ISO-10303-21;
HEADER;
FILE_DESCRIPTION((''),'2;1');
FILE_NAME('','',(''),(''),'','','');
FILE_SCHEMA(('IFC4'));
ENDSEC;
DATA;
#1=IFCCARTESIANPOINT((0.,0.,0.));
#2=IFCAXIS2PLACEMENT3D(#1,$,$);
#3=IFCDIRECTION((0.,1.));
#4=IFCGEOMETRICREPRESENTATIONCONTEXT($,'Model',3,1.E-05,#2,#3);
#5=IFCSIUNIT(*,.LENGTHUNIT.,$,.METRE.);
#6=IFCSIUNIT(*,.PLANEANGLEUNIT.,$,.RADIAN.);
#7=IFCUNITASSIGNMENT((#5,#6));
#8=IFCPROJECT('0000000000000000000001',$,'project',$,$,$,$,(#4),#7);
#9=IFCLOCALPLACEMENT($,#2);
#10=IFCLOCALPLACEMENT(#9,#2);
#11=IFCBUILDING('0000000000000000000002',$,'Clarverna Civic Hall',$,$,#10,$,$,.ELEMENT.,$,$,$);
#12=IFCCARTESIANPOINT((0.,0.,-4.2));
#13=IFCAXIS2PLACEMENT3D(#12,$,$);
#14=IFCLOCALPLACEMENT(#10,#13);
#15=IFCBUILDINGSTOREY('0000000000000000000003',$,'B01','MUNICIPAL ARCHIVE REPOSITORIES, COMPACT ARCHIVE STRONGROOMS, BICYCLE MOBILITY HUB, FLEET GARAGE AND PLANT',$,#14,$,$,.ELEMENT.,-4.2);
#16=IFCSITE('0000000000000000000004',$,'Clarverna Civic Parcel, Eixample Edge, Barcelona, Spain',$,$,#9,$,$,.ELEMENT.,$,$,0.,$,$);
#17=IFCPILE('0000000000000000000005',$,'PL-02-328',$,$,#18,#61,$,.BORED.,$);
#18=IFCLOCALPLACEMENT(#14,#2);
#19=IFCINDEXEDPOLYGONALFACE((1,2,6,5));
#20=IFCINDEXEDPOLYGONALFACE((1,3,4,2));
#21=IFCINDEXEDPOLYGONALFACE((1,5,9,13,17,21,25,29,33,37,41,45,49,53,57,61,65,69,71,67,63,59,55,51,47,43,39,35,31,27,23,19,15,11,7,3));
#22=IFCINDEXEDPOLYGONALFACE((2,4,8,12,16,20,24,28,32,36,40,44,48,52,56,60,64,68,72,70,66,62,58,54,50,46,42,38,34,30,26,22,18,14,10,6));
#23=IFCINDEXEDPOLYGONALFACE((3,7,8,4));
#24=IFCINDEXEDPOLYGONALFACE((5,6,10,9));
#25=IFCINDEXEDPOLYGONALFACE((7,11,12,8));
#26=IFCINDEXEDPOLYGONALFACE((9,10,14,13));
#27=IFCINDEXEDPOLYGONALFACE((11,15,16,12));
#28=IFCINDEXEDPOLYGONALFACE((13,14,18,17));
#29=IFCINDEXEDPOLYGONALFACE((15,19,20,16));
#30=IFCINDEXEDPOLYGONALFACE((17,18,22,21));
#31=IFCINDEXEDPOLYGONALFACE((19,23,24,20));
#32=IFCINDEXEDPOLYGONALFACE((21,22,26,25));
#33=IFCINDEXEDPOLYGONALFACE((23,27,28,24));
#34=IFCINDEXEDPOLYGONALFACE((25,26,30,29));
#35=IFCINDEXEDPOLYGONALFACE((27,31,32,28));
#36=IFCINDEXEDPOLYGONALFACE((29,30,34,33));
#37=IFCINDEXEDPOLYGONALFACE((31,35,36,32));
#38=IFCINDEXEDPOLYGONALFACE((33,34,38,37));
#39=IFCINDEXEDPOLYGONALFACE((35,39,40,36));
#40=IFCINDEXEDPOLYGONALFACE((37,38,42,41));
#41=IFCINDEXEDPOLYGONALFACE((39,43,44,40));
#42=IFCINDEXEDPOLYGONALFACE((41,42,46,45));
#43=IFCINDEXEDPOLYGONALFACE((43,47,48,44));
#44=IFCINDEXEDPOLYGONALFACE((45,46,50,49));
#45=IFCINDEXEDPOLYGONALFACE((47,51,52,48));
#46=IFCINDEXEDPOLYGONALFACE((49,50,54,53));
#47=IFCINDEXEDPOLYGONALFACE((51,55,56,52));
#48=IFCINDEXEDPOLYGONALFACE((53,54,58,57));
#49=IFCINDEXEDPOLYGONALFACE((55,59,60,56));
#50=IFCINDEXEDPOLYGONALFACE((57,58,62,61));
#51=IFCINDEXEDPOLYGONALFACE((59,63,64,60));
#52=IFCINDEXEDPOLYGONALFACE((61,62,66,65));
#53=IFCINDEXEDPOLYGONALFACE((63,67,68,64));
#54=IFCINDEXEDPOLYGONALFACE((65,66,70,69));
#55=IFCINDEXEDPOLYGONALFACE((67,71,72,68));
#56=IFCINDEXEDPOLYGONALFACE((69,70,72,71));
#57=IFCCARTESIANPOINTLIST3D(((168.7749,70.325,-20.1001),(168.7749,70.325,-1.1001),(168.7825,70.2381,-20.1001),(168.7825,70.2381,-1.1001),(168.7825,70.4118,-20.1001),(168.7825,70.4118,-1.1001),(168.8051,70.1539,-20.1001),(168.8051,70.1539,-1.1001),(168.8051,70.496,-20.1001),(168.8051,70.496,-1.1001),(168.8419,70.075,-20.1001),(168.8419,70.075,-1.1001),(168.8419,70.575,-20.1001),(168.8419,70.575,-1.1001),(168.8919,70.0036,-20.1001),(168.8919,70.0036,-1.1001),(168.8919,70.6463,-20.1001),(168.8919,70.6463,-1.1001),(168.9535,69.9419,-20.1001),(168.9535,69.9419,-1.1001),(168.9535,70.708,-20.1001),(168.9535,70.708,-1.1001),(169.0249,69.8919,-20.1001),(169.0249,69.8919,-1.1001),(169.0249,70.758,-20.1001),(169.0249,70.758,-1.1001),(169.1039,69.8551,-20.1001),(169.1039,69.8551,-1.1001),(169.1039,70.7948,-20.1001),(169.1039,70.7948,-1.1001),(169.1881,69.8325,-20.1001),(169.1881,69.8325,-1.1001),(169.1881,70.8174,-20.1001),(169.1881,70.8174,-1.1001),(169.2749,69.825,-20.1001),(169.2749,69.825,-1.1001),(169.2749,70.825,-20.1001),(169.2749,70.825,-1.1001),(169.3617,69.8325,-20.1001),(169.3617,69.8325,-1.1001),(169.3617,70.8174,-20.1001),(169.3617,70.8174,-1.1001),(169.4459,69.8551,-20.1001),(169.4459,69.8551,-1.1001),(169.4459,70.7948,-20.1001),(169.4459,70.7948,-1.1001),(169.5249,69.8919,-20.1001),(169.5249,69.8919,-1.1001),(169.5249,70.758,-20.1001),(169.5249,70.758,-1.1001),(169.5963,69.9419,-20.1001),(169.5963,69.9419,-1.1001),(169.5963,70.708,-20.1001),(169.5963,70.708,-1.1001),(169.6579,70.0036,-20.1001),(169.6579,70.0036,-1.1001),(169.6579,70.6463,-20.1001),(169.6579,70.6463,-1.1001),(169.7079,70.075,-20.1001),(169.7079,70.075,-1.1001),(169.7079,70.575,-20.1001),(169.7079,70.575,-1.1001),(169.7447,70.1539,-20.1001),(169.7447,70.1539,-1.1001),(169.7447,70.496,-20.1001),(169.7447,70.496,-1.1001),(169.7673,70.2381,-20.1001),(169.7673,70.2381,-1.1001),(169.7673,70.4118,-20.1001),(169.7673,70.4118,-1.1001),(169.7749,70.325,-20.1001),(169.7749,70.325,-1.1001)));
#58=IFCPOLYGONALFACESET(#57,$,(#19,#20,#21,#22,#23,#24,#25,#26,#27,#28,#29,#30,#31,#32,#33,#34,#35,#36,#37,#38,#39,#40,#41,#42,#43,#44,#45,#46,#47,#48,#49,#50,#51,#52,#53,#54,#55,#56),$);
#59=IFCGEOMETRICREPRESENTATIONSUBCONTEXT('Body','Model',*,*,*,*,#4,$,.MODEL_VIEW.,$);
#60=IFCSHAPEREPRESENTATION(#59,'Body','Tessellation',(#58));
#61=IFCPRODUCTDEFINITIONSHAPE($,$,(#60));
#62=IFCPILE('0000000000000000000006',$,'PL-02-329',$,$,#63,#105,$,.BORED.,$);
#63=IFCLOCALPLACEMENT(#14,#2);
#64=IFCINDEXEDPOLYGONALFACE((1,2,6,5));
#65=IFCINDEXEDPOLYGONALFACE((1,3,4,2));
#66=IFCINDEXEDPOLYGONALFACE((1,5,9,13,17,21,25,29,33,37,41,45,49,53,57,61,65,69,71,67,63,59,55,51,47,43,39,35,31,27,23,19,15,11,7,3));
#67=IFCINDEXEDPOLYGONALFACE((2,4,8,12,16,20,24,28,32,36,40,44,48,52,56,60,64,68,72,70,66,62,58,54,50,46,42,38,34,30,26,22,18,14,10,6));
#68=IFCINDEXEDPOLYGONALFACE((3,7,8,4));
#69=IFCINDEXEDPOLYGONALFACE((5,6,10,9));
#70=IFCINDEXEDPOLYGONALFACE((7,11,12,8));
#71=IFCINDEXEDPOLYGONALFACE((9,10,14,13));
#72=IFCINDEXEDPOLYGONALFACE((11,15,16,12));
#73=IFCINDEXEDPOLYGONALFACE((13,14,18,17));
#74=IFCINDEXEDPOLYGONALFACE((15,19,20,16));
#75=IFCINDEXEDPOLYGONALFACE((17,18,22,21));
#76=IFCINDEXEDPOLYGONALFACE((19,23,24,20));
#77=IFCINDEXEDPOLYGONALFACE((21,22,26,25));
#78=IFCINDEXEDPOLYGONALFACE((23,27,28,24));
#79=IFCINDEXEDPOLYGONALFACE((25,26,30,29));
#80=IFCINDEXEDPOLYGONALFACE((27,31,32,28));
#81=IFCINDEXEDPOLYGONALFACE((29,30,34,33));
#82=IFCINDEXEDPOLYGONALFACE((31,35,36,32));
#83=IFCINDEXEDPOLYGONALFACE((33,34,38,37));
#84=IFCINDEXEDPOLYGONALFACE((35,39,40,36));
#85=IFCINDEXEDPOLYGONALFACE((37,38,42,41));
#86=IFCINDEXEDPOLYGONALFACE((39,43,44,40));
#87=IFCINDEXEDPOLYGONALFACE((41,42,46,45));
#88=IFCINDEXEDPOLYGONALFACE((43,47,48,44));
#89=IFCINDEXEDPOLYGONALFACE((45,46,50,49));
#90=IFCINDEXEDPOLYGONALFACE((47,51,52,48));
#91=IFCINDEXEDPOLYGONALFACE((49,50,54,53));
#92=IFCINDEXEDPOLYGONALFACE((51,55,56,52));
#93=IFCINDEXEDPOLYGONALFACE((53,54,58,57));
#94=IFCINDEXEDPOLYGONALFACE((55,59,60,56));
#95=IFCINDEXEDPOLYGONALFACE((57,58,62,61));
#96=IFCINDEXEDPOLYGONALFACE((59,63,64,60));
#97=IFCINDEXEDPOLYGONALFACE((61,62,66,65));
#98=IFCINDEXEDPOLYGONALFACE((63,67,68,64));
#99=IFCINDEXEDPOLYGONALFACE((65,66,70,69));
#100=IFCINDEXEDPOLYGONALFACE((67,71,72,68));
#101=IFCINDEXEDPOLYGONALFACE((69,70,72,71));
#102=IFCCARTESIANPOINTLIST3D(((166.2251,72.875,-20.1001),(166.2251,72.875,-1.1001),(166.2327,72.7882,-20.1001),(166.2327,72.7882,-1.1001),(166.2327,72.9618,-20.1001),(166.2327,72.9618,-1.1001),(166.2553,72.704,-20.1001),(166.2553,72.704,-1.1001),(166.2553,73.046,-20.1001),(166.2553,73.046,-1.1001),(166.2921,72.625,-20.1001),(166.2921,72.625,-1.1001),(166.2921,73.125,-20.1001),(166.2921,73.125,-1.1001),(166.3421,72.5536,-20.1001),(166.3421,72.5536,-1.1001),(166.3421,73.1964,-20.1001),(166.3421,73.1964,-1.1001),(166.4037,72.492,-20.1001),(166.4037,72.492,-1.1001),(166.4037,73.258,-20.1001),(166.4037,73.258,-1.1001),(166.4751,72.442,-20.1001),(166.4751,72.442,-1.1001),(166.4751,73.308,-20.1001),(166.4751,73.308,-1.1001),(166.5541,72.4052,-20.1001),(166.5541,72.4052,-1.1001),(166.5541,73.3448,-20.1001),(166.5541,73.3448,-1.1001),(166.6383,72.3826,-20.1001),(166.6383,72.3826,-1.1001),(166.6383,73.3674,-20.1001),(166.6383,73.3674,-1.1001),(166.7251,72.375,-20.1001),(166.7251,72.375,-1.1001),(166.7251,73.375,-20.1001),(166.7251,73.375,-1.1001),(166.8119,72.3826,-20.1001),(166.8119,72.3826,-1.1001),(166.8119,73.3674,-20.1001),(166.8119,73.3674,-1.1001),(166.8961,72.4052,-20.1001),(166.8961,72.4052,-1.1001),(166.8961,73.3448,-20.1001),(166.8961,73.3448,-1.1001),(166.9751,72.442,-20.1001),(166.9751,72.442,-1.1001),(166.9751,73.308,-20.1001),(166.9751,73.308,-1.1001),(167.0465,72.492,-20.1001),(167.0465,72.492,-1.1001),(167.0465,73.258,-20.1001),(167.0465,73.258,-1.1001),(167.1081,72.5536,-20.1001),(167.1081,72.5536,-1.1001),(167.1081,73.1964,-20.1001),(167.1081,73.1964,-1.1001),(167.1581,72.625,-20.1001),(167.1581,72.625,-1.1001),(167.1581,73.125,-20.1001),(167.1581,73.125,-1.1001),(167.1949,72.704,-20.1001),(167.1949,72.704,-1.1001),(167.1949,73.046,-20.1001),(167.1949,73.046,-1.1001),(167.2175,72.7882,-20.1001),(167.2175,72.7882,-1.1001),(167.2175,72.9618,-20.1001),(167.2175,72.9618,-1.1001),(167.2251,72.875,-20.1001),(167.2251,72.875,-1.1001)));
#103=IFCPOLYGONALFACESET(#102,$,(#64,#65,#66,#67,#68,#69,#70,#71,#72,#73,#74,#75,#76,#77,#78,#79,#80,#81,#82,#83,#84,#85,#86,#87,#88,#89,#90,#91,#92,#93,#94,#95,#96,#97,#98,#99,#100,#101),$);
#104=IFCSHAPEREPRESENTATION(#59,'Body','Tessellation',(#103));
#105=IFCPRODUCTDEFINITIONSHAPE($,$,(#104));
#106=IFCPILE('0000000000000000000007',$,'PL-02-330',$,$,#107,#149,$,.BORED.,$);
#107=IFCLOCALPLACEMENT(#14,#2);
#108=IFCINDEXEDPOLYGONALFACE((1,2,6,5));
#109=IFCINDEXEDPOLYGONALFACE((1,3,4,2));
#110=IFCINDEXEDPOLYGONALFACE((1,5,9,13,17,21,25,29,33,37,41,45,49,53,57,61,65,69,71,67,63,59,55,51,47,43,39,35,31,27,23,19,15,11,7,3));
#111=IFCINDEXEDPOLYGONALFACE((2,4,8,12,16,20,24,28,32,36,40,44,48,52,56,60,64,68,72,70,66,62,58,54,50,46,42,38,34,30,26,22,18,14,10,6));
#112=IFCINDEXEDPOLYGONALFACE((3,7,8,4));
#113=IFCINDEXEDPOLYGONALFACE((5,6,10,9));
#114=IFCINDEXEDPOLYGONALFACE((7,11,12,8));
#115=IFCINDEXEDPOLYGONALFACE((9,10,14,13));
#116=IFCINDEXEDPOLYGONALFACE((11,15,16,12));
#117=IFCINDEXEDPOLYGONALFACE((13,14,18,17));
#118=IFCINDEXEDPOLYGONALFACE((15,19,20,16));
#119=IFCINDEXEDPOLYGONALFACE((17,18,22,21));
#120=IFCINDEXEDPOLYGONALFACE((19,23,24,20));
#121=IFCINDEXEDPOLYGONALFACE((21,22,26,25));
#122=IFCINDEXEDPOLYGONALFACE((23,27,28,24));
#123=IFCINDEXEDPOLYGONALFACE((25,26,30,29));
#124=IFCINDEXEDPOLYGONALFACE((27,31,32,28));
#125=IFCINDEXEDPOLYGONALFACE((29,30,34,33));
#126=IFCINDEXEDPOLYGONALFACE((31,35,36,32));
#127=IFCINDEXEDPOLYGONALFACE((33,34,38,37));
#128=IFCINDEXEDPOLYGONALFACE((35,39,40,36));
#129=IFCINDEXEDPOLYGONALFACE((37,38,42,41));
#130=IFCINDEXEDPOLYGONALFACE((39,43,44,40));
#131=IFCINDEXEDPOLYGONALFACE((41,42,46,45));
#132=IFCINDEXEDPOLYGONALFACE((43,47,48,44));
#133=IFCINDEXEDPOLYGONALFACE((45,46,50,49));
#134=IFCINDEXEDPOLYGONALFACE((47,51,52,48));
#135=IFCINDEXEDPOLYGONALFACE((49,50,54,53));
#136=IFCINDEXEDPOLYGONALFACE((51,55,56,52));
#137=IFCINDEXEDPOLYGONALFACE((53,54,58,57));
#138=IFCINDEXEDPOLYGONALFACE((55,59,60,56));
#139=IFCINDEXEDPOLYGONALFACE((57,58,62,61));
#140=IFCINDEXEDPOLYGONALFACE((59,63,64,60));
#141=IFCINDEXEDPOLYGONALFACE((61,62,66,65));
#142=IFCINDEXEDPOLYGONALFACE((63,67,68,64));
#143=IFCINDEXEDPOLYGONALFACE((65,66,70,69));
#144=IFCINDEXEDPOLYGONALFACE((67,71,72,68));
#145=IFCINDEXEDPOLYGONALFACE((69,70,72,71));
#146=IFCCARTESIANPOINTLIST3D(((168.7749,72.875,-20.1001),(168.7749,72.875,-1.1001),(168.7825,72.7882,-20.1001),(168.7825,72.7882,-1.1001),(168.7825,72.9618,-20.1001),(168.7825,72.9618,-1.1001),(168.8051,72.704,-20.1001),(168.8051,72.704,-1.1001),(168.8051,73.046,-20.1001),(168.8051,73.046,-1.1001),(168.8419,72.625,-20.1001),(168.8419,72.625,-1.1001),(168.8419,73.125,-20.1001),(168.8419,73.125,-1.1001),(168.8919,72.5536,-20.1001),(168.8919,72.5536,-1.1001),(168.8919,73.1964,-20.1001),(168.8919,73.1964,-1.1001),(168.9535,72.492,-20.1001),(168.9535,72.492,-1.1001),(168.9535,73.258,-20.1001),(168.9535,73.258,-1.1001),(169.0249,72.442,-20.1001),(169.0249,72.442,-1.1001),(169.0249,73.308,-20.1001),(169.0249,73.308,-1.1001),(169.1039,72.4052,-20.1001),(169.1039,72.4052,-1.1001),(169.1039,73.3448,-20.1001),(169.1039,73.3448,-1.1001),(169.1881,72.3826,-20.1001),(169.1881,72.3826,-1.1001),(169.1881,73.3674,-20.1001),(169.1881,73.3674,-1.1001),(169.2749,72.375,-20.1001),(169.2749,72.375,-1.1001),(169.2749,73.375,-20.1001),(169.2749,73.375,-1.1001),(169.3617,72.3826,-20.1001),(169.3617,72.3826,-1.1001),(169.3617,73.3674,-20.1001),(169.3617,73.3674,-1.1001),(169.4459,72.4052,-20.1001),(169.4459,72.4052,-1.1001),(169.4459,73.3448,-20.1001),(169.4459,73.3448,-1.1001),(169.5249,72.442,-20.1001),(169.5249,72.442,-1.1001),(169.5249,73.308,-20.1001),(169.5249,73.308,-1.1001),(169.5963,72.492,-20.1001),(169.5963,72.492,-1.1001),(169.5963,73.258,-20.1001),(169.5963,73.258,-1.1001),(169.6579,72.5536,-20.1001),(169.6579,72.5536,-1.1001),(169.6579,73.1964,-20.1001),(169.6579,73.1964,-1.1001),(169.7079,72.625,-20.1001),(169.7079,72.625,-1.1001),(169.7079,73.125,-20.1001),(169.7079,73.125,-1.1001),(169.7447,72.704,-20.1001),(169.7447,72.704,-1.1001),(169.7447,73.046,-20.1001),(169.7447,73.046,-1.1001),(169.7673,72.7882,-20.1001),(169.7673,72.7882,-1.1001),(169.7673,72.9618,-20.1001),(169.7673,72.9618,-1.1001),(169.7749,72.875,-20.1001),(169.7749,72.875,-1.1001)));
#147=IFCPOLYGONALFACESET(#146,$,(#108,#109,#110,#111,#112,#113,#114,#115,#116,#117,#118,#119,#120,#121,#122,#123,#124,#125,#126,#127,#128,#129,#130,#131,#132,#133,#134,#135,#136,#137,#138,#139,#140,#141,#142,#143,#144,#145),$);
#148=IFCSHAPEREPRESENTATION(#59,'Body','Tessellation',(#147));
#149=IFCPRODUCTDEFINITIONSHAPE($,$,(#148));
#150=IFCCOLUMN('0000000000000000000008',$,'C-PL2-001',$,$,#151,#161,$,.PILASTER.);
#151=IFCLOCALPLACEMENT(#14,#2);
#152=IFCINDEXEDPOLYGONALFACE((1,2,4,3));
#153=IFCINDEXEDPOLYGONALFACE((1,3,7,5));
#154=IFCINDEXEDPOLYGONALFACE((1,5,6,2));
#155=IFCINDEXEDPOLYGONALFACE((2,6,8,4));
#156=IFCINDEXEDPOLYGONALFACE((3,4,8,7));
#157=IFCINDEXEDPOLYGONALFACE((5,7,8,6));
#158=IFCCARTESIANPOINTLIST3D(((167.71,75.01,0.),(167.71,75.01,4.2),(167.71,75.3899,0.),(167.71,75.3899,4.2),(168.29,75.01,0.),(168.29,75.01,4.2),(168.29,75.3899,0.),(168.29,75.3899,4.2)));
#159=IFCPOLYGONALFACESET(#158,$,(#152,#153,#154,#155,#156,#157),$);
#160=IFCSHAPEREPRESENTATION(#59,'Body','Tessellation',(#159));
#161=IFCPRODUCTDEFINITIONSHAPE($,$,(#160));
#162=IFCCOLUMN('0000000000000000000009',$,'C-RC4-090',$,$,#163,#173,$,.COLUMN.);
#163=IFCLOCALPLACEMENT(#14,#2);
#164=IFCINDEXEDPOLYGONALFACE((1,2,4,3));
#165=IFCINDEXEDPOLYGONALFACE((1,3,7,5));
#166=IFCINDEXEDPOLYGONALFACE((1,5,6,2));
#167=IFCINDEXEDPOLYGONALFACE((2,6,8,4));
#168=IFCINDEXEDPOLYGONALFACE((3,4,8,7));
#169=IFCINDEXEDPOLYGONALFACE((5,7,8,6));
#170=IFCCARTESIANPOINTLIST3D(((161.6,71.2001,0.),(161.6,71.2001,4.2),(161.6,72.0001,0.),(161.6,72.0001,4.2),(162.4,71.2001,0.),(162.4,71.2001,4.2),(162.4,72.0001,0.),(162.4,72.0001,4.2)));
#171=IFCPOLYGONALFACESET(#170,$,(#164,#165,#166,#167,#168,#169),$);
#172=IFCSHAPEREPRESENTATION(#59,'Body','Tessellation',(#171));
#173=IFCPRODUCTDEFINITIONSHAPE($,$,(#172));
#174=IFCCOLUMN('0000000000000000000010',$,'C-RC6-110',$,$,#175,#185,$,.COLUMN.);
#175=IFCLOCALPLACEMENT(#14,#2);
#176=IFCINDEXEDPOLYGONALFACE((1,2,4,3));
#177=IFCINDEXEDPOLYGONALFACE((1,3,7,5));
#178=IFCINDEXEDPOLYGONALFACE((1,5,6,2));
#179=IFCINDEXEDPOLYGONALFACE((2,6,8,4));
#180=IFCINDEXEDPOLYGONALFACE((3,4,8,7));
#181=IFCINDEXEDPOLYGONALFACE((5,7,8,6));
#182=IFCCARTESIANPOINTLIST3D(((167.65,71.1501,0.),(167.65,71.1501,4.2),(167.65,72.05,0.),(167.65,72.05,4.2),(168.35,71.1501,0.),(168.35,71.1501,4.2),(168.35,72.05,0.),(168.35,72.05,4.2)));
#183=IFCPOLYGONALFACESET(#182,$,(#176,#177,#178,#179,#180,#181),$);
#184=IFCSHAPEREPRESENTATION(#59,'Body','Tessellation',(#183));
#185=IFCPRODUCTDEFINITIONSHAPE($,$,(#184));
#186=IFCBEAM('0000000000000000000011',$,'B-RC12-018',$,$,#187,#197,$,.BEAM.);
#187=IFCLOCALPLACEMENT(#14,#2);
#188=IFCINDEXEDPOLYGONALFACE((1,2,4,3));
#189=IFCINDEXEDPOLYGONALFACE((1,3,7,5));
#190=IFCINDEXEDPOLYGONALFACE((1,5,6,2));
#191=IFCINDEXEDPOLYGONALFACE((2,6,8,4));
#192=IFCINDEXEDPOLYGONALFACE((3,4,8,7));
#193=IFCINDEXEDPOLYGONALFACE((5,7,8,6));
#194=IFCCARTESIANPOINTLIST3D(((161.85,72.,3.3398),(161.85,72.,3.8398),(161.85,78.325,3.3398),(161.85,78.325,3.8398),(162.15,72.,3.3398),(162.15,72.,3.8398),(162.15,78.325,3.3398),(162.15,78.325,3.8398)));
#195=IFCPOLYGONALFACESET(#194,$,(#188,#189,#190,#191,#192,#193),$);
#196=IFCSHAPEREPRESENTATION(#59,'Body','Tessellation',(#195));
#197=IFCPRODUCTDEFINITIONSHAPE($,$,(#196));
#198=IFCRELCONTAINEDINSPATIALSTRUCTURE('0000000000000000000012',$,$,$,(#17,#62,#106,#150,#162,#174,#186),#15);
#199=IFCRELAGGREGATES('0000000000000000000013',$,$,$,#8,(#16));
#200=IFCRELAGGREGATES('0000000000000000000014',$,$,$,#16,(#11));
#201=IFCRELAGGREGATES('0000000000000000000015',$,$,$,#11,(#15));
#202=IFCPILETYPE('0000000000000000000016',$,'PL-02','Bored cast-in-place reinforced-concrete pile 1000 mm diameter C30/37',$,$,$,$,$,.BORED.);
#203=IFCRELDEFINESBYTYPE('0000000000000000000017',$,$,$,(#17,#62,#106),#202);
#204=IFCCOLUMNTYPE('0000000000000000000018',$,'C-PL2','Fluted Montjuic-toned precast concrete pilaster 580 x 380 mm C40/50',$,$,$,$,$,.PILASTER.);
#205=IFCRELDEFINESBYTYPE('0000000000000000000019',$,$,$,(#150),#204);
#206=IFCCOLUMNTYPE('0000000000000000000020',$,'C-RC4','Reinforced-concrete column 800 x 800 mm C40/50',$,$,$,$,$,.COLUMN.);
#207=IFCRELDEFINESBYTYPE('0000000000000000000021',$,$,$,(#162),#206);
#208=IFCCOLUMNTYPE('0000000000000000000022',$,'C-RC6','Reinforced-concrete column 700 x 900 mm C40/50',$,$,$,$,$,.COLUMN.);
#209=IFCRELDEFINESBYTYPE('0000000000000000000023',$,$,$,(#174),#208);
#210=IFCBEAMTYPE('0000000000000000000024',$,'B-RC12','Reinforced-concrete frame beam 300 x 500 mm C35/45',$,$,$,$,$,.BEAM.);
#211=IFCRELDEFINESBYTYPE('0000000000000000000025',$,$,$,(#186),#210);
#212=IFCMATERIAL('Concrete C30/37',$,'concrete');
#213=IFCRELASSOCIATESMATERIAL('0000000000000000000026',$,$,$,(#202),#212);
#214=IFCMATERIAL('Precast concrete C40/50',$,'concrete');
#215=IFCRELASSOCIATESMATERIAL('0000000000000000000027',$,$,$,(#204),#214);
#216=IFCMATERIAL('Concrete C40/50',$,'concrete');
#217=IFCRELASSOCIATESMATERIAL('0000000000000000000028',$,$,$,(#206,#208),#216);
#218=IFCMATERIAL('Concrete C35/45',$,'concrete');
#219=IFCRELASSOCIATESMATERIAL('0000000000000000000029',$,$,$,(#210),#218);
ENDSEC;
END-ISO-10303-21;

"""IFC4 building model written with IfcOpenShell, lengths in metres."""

from ifc_helpers import new_model, si_unit, direction, frame, origin, origin_2d, place, context, subcontext, project, spatial, rectangle, circle, extrude, material, material_profile, profile_set, type_object, element, save


model = new_model("IFC4")

# Units and contexts
model_context = context("Model", 3, precision=1e-05, world=origin(), true_north=direction((0.0, 1.0)))
body_context = subcontext(model_context, "Body", "Model", "MODEL_VIEW")
ifc_project = project(units=[si_unit("LENGTHUNIT", "METRE"), si_unit("PLANEANGLEUNIT", "RADIAN")], contexts=[model_context])

# Site, building, storey
site_placement = place(None, origin())
site = spatial("IfcSite", under=ifc_project, at=site_placement, Name="Clarverna Civic Parcel, Eixample Edge, Barcelona, Spain", CompositionType="ELEMENT", RefElevation=0.0)
building_placement = place(site_placement, origin())
building = spatial("IfcBuilding", under=site, at=building_placement, Name="Clarverna Civic Hall", CompositionType="ELEMENT")
storey_placement = place(building_placement, frame((0.0, 0.0, -4.2)))
storey = spatial("IfcBuildingStorey", under=building, at=storey_placement, Name="B01", Description="MUNICIPAL ARCHIVE REPOSITORIES, COMPACT ARCHIVE STRONGROOMS, BICYCLE MOBILITY HUB, FLEET GARAGE AND PLANT", CompositionType="ELEMENT", Elevation=-4.2)

# Shared definitions
ifc_material_1 = material(Name="Concrete C30/37", Category="concrete")

# Piles
ifc_material_profile_1 = material_profile(ifc_material_1, circle(Radius=0.5, at=origin_2d()), Name="BORED PILE D1000")
ifc_profile_set_1 = profile_set([ifc_material_profile_1], Name="Concrete C30/37")
pile_type_1 = type_object("IfcPileType", Name="PL-02", Description="Bored cast-in-place reinforced-concrete pile 1000 mm diameter C30/37", PredefinedType="BORED", material=ifc_profile_set_1)
for number, where, z_axis, x_axis, name in (
    (1, (169.2749, 70.325, -1.1001), (0.0, 0.0, -1.0), (1.0, 0.0, 0.0), "PL-02-328"),
    (2, (166.7251, 72.875, -1.1001), (0.0, 0.0, -1.0), (1.0, 0.0, 0.0), "PL-02-329"),
    (3, (169.2749, 72.875, -1.1001), (0.0, 0.0, -1.0), (1.0, 0.0, 0.0), "PL-02-330"),
):
    element("IfcPile", number, at=place(storey_placement, frame(where, z_axis=z_axis, x_axis=x_axis)), inside=storey, type_object=pile_type_1, Name=name, PredefinedType="BORED", context=body_context, shape_type="SweptSolid", body=[
        extrude(circle(Radius=0.5, at=origin_2d()), origin(), (0.0, 0.0, 1.0), 19.0),
    ])

# Columns
ifc_material_2 = material(Name="Precast concrete C40/50", Category="concrete")
ifc_material_profile_2 = material_profile(ifc_material_2, rectangle(XDim=0.5801, YDim=0.3799, at=origin_2d()), Name="PILASTER 580x380")
ifc_profile_set_2 = profile_set([ifc_material_profile_2], Name="Precast concrete C40/50")
column_type_1 = type_object("IfcColumnType", Name="C-PL2", Description="Fluted Montjuic-toned precast concrete pilaster 580 x 380 mm C40/50", PredefinedType="PILASTER", material=ifc_profile_set_2)
column_1_placement = place(storey_placement, frame((168.0, 75.2, 0.0), z_axis=(0.0, 0.0, 1.0), x_axis=(1.0, 0.0, 0.0)))
element("IfcColumn", 4, at=column_1_placement, inside=storey, type_object=column_type_1, Name="C-PL2-001", PredefinedType="PILASTER", context=body_context, shape_type="SweptSolid", body=[
    extrude(rectangle(XDim=0.5801, YDim=0.3799, at=origin_2d()), origin(), (0.0, 0.0, 1.0), 4.2),
])
ifc_material_3 = material(Name="Concrete C40/50", Category="concrete")
ifc_material_profile_3 = material_profile(ifc_material_3, rectangle(XDim=0.8, YDim=0.8, at=origin_2d()), Name="RC 800x800")
ifc_profile_set_3 = profile_set([ifc_material_profile_3], Name="Concrete C40/50")
column_type_2 = type_object("IfcColumnType", Name="C-RC4", Description="Reinforced-concrete column 800 x 800 mm C40/50", PredefinedType="COLUMN", material=ifc_profile_set_3)
column_2_placement = place(storey_placement, frame((162.0, 71.6001, 0.0), z_axis=(0.0, 0.0, 1.0), x_axis=(1.0, 0.0, 0.0)))
element("IfcColumn", 5, at=column_2_placement, inside=storey, type_object=column_type_2, Name="C-RC4-090", PredefinedType="COLUMN", context=body_context, shape_type="SweptSolid", body=[
    extrude(rectangle(XDim=0.8, YDim=0.8, at=origin_2d()), origin(), (0.0, 0.0, 1.0), 4.2),
])
ifc_material_profile_4 = material_profile(ifc_material_3, rectangle(XDim=0.7, YDim=0.8999, at=origin_2d()), Name="RC 700x900")
ifc_profile_set_4 = profile_set([ifc_material_profile_4], Name="Concrete C40/50")
column_type_3 = type_object("IfcColumnType", Name="C-RC6", Description="Reinforced-concrete column 700 x 900 mm C40/50", PredefinedType="COLUMN", material=ifc_profile_set_4)
column_3_placement = place(storey_placement, frame((168.0, 71.6001, 0.0), z_axis=(0.0, 0.0, 1.0), x_axis=(1.0, 0.0, 0.0)))
element("IfcColumn", 6, at=column_3_placement, inside=storey, type_object=column_type_3, Name="C-RC6-110", PredefinedType="COLUMN", context=body_context, shape_type="SweptSolid", body=[
    extrude(rectangle(XDim=0.7, YDim=0.8999, at=origin_2d()), origin(), (0.0, 0.0, 1.0), 4.2),
])

# Beam
ifc_material_4 = material(Name="Concrete C35/45", Category="concrete")
ifc_material_profile_5 = material_profile(ifc_material_4, rectangle(XDim=0.3, YDim=0.5, at=origin_2d()), Name="RC 300x500")
ifc_profile_set_5 = profile_set([ifc_material_profile_5], Name="Concrete C35/45")
beam_type_1 = type_object("IfcBeamType", Name="B-RC12", Description="Reinforced-concrete frame beam 300 x 500 mm C35/45", PredefinedType="BEAM", material=ifc_profile_set_5)
beam_1_placement = place(storey_placement, frame((162.0, 72.0, 3.5898), z_axis=(0.0, 1.0, 0.0), x_axis=(-1.0, 0.0, 0.0)))
element("IfcBeam", 7, at=beam_1_placement, inside=storey, type_object=beam_type_1, Name="B-RC12-018", PredefinedType="BEAM", context=body_context, shape_type="SweptSolid", body=[
    extrude(rectangle(XDim=0.3, YDim=0.5, at=origin_2d()), origin(), (0.0, 0.0, 1.0), 6.325),
])

save(model, "model.ifc")
